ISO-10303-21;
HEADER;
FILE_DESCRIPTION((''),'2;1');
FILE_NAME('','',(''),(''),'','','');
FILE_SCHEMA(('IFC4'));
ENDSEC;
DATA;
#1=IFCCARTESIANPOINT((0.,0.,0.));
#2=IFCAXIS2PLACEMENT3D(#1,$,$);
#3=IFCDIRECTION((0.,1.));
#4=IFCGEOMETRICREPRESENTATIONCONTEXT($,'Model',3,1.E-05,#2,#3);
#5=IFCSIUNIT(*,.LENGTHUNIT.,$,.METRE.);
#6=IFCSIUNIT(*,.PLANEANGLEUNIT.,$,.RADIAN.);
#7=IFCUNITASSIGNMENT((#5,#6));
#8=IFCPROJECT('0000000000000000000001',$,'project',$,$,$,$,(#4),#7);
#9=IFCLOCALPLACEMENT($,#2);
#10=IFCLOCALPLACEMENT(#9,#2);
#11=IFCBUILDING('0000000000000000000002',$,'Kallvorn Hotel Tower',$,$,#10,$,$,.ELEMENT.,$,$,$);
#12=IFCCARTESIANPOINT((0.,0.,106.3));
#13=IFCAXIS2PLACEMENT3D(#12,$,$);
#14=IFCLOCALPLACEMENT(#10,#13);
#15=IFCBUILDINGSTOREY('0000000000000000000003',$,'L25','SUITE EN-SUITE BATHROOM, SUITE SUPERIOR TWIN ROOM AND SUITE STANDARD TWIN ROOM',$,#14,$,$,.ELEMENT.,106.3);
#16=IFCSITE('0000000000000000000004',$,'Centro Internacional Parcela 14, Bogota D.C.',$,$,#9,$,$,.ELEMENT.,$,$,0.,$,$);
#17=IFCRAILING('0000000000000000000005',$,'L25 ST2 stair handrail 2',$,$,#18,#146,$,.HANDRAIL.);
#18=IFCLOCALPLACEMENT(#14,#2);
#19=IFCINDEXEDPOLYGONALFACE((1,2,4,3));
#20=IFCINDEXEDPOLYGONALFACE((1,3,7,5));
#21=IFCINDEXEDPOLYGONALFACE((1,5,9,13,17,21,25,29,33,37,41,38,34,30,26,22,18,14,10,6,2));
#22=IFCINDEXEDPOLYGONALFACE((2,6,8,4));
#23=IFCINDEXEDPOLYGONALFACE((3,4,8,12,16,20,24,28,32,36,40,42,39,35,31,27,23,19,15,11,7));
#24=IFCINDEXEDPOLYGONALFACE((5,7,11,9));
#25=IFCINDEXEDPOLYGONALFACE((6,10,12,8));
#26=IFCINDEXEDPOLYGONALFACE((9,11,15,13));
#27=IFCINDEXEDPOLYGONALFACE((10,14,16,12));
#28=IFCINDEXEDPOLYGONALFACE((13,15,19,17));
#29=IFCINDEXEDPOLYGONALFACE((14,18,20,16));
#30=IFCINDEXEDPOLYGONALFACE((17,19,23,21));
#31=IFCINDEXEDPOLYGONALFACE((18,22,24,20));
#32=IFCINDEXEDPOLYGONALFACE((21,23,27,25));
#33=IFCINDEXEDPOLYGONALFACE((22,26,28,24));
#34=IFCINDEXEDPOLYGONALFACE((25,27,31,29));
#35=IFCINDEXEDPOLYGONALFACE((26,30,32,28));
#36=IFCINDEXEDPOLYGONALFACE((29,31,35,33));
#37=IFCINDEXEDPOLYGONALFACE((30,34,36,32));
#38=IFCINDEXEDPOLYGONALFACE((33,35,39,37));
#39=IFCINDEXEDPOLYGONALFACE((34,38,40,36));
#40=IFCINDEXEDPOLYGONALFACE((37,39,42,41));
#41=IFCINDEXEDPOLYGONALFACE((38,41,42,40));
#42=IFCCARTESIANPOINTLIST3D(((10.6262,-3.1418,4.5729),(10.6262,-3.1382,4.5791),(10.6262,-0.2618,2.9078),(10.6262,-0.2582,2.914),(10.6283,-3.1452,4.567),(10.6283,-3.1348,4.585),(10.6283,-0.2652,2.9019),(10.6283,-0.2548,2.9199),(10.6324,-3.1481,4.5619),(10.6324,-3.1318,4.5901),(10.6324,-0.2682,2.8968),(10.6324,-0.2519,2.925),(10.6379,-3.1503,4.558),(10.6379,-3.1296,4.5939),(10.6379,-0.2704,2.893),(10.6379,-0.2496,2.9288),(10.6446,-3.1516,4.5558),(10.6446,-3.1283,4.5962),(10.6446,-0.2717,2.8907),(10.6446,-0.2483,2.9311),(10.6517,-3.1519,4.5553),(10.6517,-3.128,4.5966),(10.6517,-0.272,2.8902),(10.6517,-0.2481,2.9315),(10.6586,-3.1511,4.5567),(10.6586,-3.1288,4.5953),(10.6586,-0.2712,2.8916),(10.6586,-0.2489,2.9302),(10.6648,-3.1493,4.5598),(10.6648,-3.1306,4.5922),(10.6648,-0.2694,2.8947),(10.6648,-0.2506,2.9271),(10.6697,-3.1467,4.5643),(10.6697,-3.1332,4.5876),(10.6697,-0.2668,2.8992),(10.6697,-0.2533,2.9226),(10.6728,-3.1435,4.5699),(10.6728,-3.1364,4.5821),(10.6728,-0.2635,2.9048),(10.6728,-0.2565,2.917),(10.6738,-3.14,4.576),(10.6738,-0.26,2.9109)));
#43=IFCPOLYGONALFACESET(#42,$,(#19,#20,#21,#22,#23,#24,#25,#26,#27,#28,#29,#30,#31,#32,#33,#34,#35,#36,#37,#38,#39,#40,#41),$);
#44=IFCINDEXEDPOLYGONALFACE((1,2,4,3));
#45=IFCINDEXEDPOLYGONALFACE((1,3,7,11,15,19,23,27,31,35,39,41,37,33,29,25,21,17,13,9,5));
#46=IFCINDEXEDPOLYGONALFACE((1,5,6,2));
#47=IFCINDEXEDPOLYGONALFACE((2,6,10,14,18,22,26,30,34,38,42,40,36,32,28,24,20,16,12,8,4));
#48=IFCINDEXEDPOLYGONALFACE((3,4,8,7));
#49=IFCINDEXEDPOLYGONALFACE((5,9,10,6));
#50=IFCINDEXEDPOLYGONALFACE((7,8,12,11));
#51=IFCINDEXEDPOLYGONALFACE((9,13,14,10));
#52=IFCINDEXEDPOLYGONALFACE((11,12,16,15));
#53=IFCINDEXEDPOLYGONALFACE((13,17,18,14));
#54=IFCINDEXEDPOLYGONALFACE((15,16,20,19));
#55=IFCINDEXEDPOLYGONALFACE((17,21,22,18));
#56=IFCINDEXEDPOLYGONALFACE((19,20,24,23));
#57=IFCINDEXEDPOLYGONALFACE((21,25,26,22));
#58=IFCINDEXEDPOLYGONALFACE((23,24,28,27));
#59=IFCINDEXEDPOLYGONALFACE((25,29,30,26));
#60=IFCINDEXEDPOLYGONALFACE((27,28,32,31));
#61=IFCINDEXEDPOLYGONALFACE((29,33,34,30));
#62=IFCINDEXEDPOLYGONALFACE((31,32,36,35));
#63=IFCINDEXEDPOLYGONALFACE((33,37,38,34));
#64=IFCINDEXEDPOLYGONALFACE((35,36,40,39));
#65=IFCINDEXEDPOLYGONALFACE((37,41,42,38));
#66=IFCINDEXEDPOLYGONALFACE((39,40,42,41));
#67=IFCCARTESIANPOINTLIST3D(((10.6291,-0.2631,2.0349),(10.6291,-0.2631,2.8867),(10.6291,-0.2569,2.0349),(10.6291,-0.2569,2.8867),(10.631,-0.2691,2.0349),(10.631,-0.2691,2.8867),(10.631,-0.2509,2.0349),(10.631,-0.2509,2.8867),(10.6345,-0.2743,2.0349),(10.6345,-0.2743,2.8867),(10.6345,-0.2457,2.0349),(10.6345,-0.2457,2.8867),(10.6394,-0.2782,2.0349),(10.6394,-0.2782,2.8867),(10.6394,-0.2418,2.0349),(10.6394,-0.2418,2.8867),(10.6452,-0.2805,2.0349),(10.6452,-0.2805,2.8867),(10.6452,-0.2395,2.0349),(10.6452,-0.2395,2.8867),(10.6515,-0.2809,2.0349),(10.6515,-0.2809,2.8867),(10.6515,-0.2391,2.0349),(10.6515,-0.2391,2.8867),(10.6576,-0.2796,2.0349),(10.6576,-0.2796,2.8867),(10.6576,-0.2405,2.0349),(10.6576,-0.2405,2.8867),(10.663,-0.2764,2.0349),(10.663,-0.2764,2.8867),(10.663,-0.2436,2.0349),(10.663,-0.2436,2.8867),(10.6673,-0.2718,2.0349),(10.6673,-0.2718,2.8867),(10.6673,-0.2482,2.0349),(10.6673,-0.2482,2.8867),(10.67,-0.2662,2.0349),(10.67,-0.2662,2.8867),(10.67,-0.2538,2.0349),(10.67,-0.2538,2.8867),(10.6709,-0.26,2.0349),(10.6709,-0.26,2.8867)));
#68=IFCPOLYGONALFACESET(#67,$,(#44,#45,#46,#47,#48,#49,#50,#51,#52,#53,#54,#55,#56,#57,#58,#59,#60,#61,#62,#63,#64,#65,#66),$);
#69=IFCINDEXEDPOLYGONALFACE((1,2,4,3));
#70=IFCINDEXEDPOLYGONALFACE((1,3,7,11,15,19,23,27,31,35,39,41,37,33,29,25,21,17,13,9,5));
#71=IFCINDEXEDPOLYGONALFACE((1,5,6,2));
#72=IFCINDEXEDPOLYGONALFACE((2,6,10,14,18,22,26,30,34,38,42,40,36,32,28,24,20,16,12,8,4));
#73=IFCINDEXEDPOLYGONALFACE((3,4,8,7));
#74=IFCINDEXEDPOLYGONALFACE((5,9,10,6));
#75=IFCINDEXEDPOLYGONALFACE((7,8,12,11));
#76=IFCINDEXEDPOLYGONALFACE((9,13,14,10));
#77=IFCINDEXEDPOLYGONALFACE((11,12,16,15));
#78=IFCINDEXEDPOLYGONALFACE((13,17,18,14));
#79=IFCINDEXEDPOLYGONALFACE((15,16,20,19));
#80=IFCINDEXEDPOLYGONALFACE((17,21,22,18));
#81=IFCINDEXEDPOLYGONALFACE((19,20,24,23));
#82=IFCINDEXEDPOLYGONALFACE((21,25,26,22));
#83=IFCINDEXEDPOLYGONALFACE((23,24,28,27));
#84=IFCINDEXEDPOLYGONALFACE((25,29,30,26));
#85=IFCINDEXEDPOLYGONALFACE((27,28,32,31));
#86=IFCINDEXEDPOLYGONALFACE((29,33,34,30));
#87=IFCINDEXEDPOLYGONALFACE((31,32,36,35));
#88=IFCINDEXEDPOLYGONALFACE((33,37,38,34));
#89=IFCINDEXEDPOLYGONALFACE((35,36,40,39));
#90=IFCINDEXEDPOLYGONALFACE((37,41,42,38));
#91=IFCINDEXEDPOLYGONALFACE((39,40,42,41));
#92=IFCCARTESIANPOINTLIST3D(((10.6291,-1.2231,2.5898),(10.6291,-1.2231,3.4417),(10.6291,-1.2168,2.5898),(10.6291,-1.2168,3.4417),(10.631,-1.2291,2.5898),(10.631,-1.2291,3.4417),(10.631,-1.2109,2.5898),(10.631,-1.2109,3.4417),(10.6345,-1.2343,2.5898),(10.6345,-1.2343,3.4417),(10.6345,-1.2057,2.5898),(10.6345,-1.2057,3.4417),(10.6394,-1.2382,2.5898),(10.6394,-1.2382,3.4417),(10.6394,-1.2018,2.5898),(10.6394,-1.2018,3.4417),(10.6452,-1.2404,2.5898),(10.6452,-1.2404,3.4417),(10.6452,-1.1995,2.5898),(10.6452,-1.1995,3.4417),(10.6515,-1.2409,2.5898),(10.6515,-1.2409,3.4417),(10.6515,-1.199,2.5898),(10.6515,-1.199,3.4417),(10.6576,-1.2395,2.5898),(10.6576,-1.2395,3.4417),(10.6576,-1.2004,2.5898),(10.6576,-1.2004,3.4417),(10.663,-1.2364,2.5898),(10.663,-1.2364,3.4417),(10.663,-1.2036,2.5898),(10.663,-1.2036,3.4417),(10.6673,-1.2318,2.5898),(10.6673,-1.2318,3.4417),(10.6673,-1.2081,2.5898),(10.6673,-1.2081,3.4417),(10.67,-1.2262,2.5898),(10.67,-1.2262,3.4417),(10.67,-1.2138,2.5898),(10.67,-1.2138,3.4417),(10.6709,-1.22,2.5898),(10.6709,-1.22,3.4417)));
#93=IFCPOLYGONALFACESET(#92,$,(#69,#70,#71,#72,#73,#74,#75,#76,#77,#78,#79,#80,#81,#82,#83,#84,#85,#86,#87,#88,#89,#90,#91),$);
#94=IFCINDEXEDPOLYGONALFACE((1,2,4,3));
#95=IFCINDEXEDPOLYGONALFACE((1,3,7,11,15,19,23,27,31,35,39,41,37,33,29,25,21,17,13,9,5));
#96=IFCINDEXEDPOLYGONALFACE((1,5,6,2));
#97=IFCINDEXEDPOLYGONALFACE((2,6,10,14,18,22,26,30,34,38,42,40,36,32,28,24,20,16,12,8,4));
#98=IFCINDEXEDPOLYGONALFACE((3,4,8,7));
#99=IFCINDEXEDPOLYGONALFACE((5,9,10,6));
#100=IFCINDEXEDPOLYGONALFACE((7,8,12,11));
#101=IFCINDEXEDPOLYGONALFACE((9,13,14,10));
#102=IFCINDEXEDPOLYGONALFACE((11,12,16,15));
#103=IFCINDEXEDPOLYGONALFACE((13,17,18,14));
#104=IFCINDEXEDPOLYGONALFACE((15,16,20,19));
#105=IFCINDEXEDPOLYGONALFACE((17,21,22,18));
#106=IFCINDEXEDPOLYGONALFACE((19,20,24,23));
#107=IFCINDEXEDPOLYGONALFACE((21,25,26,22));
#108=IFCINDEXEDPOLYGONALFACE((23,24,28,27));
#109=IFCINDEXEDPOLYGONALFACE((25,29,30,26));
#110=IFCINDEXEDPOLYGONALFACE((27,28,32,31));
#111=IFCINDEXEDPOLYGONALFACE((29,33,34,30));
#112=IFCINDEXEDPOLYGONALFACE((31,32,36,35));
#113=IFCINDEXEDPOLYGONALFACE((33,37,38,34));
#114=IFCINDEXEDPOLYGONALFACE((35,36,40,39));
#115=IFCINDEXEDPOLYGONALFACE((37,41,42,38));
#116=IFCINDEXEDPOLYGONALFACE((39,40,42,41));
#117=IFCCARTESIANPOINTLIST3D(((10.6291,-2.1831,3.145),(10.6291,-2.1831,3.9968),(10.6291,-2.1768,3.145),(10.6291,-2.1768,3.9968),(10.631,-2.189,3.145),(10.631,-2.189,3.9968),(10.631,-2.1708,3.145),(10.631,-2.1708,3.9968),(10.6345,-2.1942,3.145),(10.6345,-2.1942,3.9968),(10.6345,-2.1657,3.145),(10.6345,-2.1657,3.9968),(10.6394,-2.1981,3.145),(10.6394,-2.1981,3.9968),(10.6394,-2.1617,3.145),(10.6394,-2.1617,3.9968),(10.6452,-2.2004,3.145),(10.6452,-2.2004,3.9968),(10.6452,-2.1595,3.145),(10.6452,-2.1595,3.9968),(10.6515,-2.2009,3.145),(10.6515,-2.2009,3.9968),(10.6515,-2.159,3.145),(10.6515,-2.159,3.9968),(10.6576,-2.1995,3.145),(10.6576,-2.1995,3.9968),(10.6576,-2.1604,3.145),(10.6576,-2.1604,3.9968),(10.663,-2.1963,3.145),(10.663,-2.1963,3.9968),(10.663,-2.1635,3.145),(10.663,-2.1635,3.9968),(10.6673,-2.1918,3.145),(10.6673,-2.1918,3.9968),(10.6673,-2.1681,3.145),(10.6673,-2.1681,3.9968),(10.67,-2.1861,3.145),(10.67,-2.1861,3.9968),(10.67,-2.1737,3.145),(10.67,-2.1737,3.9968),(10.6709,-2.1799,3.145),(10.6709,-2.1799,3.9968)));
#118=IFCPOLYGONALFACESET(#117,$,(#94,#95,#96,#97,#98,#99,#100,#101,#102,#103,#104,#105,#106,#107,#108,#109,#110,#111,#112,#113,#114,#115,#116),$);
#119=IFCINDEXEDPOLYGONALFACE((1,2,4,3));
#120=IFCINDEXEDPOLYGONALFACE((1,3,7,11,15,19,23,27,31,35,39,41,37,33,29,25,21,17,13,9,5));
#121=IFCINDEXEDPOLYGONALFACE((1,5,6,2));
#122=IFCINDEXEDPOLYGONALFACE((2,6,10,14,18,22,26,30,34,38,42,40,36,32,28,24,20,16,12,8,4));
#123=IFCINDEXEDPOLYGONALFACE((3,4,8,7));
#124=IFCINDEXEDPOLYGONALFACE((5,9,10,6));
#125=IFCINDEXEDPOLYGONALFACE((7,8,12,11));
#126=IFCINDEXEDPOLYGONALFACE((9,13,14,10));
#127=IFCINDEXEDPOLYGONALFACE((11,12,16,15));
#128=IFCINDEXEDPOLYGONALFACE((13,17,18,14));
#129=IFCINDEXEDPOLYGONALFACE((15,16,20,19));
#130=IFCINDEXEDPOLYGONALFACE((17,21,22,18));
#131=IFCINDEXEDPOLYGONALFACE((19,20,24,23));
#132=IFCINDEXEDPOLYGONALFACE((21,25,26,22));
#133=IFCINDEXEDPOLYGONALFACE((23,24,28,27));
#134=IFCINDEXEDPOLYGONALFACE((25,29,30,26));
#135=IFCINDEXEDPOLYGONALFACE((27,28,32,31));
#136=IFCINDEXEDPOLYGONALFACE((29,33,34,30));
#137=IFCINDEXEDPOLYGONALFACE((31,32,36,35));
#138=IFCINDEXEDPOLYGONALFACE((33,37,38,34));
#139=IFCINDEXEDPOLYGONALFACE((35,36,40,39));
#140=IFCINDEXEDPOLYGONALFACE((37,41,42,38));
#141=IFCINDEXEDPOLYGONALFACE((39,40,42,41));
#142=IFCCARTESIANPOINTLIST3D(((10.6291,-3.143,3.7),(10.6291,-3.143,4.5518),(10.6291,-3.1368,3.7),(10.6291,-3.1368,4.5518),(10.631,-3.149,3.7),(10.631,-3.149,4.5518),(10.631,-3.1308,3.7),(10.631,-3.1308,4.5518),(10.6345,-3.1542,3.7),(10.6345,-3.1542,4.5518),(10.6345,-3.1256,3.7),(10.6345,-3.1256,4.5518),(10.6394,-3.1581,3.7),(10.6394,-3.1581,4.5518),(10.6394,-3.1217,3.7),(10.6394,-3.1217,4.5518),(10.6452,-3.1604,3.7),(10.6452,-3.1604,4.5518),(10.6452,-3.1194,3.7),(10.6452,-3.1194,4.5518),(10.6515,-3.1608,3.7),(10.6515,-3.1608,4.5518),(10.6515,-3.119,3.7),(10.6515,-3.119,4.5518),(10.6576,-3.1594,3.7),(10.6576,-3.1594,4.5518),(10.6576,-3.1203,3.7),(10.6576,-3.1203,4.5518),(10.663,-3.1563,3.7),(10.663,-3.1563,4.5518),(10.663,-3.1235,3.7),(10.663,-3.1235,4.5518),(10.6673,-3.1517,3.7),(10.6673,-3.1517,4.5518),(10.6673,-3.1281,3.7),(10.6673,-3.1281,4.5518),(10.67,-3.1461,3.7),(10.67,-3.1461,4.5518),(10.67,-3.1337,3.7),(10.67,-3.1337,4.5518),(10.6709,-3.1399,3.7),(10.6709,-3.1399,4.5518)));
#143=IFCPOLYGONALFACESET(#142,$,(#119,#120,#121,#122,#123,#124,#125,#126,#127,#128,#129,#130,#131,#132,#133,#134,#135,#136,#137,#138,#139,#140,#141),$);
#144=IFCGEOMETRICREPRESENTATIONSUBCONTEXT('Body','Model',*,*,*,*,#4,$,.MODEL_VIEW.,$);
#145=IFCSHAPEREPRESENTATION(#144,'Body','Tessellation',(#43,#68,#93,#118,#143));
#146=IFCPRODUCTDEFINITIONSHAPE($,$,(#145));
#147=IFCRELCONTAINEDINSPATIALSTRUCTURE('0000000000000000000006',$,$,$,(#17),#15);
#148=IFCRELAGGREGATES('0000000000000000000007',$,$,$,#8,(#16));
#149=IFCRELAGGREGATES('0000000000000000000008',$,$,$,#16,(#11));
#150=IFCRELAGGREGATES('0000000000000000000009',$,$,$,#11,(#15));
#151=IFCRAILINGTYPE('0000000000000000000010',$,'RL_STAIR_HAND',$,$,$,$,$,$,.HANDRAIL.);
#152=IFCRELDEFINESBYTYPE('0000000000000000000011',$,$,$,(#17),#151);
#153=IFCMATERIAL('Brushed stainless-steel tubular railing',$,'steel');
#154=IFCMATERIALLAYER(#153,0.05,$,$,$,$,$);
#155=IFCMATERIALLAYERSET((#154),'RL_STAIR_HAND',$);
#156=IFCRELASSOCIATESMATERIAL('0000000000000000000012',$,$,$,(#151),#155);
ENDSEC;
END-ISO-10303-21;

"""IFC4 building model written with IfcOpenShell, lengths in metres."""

from ifc_helpers import new_model, si_unit, direction, frame, origin, origin_2d, place, context, subcontext, project, spatial, circle, extrude, material, layer, layer_set, type_object, element, save


model = new_model("IFC4")

# Units and contexts
model_context = context("Model", 3, precision=1e-05, world=origin(), true_north=direction((0.0, 1.0)))
body_context = subcontext(model_context, "Body", "Model", "MODEL_VIEW")
ifc_project = project(units=[si_unit("LENGTHUNIT", "METRE"), si_unit("PLANEANGLEUNIT", "RADIAN")], contexts=[model_context])

# Site, building, storey
site_placement = place(None, origin())
site = spatial("IfcSite", under=ifc_project, at=site_placement, Name="Centro Internacional Parcela 14, Bogota D.C.", CompositionType="ELEMENT", RefElevation=0.0)
building_placement = place(site_placement, origin())
building = spatial("IfcBuilding", under=site, at=building_placement, Name="Kallvorn Hotel Tower", CompositionType="ELEMENT")
storey_placement = place(building_placement, frame((0.0, 0.0, 106.3)))
storey = spatial("IfcBuildingStorey", under=building, at=storey_placement, Name="L25", Description="SUITE EN-SUITE BATHROOM, SUITE SUPERIOR TWIN ROOM AND SUITE STANDARD TWIN ROOM", CompositionType="ELEMENT", Elevation=106.3)

# Railing
ifc_material_1 = material(Name="Brushed stainless-steel tubular railing", Category="steel")
ifc_layer_1 = layer(ifc_material_1, 0.05)
ifc_layer_set_1 = layer_set([ifc_layer_1], Name="RL_STAIR_HAND")
railing_type_1 = type_object("IfcRailingType", Name="RL_STAIR_HAND", PredefinedType="HANDRAIL", material=ifc_layer_set_1)
railing_1_placement = place(storey_placement, frame((10.6499, -0.26, 2.0349)))
element("IfcRailing", 1, at=railing_1_placement, inside=storey, type_object=railing_type_1, Name="L25 ST2 stair handrail 2", PredefinedType="HANDRAIL", context=body_context, shape_type="SweptSolid", body=[
    extrude(circle(Radius=0.0239, at=origin_2d()), frame((0.0, 0.0, 0.876), z_axis=(0.0, -0.865721, 0.500527), x_axis=(1.0, 0.0, 0.0)), (0.0, 0.0, 1.0), 3.3267),
    extrude(circle(Radius=0.021, at=origin_2d()), origin(), (0.0, 0.0, 1.0), 0.8518),
    extrude(circle(Radius=0.021, at=origin_2d()), frame((0.0, -0.96, 0.5549)), (0.0, 0.0, 1.0), 0.8518),
    extrude(circle(Radius=0.021, at=origin_2d()), frame((0.0, -1.9199, 1.1101)), (0.0, 0.0, 1.0), 0.8518),
    extrude(circle(Radius=0.021, at=origin_2d()), frame((0.0, -2.8799, 1.665)), (0.0, 0.0, 1.0), 0.8518),
])

save(model, "model.ifc")
